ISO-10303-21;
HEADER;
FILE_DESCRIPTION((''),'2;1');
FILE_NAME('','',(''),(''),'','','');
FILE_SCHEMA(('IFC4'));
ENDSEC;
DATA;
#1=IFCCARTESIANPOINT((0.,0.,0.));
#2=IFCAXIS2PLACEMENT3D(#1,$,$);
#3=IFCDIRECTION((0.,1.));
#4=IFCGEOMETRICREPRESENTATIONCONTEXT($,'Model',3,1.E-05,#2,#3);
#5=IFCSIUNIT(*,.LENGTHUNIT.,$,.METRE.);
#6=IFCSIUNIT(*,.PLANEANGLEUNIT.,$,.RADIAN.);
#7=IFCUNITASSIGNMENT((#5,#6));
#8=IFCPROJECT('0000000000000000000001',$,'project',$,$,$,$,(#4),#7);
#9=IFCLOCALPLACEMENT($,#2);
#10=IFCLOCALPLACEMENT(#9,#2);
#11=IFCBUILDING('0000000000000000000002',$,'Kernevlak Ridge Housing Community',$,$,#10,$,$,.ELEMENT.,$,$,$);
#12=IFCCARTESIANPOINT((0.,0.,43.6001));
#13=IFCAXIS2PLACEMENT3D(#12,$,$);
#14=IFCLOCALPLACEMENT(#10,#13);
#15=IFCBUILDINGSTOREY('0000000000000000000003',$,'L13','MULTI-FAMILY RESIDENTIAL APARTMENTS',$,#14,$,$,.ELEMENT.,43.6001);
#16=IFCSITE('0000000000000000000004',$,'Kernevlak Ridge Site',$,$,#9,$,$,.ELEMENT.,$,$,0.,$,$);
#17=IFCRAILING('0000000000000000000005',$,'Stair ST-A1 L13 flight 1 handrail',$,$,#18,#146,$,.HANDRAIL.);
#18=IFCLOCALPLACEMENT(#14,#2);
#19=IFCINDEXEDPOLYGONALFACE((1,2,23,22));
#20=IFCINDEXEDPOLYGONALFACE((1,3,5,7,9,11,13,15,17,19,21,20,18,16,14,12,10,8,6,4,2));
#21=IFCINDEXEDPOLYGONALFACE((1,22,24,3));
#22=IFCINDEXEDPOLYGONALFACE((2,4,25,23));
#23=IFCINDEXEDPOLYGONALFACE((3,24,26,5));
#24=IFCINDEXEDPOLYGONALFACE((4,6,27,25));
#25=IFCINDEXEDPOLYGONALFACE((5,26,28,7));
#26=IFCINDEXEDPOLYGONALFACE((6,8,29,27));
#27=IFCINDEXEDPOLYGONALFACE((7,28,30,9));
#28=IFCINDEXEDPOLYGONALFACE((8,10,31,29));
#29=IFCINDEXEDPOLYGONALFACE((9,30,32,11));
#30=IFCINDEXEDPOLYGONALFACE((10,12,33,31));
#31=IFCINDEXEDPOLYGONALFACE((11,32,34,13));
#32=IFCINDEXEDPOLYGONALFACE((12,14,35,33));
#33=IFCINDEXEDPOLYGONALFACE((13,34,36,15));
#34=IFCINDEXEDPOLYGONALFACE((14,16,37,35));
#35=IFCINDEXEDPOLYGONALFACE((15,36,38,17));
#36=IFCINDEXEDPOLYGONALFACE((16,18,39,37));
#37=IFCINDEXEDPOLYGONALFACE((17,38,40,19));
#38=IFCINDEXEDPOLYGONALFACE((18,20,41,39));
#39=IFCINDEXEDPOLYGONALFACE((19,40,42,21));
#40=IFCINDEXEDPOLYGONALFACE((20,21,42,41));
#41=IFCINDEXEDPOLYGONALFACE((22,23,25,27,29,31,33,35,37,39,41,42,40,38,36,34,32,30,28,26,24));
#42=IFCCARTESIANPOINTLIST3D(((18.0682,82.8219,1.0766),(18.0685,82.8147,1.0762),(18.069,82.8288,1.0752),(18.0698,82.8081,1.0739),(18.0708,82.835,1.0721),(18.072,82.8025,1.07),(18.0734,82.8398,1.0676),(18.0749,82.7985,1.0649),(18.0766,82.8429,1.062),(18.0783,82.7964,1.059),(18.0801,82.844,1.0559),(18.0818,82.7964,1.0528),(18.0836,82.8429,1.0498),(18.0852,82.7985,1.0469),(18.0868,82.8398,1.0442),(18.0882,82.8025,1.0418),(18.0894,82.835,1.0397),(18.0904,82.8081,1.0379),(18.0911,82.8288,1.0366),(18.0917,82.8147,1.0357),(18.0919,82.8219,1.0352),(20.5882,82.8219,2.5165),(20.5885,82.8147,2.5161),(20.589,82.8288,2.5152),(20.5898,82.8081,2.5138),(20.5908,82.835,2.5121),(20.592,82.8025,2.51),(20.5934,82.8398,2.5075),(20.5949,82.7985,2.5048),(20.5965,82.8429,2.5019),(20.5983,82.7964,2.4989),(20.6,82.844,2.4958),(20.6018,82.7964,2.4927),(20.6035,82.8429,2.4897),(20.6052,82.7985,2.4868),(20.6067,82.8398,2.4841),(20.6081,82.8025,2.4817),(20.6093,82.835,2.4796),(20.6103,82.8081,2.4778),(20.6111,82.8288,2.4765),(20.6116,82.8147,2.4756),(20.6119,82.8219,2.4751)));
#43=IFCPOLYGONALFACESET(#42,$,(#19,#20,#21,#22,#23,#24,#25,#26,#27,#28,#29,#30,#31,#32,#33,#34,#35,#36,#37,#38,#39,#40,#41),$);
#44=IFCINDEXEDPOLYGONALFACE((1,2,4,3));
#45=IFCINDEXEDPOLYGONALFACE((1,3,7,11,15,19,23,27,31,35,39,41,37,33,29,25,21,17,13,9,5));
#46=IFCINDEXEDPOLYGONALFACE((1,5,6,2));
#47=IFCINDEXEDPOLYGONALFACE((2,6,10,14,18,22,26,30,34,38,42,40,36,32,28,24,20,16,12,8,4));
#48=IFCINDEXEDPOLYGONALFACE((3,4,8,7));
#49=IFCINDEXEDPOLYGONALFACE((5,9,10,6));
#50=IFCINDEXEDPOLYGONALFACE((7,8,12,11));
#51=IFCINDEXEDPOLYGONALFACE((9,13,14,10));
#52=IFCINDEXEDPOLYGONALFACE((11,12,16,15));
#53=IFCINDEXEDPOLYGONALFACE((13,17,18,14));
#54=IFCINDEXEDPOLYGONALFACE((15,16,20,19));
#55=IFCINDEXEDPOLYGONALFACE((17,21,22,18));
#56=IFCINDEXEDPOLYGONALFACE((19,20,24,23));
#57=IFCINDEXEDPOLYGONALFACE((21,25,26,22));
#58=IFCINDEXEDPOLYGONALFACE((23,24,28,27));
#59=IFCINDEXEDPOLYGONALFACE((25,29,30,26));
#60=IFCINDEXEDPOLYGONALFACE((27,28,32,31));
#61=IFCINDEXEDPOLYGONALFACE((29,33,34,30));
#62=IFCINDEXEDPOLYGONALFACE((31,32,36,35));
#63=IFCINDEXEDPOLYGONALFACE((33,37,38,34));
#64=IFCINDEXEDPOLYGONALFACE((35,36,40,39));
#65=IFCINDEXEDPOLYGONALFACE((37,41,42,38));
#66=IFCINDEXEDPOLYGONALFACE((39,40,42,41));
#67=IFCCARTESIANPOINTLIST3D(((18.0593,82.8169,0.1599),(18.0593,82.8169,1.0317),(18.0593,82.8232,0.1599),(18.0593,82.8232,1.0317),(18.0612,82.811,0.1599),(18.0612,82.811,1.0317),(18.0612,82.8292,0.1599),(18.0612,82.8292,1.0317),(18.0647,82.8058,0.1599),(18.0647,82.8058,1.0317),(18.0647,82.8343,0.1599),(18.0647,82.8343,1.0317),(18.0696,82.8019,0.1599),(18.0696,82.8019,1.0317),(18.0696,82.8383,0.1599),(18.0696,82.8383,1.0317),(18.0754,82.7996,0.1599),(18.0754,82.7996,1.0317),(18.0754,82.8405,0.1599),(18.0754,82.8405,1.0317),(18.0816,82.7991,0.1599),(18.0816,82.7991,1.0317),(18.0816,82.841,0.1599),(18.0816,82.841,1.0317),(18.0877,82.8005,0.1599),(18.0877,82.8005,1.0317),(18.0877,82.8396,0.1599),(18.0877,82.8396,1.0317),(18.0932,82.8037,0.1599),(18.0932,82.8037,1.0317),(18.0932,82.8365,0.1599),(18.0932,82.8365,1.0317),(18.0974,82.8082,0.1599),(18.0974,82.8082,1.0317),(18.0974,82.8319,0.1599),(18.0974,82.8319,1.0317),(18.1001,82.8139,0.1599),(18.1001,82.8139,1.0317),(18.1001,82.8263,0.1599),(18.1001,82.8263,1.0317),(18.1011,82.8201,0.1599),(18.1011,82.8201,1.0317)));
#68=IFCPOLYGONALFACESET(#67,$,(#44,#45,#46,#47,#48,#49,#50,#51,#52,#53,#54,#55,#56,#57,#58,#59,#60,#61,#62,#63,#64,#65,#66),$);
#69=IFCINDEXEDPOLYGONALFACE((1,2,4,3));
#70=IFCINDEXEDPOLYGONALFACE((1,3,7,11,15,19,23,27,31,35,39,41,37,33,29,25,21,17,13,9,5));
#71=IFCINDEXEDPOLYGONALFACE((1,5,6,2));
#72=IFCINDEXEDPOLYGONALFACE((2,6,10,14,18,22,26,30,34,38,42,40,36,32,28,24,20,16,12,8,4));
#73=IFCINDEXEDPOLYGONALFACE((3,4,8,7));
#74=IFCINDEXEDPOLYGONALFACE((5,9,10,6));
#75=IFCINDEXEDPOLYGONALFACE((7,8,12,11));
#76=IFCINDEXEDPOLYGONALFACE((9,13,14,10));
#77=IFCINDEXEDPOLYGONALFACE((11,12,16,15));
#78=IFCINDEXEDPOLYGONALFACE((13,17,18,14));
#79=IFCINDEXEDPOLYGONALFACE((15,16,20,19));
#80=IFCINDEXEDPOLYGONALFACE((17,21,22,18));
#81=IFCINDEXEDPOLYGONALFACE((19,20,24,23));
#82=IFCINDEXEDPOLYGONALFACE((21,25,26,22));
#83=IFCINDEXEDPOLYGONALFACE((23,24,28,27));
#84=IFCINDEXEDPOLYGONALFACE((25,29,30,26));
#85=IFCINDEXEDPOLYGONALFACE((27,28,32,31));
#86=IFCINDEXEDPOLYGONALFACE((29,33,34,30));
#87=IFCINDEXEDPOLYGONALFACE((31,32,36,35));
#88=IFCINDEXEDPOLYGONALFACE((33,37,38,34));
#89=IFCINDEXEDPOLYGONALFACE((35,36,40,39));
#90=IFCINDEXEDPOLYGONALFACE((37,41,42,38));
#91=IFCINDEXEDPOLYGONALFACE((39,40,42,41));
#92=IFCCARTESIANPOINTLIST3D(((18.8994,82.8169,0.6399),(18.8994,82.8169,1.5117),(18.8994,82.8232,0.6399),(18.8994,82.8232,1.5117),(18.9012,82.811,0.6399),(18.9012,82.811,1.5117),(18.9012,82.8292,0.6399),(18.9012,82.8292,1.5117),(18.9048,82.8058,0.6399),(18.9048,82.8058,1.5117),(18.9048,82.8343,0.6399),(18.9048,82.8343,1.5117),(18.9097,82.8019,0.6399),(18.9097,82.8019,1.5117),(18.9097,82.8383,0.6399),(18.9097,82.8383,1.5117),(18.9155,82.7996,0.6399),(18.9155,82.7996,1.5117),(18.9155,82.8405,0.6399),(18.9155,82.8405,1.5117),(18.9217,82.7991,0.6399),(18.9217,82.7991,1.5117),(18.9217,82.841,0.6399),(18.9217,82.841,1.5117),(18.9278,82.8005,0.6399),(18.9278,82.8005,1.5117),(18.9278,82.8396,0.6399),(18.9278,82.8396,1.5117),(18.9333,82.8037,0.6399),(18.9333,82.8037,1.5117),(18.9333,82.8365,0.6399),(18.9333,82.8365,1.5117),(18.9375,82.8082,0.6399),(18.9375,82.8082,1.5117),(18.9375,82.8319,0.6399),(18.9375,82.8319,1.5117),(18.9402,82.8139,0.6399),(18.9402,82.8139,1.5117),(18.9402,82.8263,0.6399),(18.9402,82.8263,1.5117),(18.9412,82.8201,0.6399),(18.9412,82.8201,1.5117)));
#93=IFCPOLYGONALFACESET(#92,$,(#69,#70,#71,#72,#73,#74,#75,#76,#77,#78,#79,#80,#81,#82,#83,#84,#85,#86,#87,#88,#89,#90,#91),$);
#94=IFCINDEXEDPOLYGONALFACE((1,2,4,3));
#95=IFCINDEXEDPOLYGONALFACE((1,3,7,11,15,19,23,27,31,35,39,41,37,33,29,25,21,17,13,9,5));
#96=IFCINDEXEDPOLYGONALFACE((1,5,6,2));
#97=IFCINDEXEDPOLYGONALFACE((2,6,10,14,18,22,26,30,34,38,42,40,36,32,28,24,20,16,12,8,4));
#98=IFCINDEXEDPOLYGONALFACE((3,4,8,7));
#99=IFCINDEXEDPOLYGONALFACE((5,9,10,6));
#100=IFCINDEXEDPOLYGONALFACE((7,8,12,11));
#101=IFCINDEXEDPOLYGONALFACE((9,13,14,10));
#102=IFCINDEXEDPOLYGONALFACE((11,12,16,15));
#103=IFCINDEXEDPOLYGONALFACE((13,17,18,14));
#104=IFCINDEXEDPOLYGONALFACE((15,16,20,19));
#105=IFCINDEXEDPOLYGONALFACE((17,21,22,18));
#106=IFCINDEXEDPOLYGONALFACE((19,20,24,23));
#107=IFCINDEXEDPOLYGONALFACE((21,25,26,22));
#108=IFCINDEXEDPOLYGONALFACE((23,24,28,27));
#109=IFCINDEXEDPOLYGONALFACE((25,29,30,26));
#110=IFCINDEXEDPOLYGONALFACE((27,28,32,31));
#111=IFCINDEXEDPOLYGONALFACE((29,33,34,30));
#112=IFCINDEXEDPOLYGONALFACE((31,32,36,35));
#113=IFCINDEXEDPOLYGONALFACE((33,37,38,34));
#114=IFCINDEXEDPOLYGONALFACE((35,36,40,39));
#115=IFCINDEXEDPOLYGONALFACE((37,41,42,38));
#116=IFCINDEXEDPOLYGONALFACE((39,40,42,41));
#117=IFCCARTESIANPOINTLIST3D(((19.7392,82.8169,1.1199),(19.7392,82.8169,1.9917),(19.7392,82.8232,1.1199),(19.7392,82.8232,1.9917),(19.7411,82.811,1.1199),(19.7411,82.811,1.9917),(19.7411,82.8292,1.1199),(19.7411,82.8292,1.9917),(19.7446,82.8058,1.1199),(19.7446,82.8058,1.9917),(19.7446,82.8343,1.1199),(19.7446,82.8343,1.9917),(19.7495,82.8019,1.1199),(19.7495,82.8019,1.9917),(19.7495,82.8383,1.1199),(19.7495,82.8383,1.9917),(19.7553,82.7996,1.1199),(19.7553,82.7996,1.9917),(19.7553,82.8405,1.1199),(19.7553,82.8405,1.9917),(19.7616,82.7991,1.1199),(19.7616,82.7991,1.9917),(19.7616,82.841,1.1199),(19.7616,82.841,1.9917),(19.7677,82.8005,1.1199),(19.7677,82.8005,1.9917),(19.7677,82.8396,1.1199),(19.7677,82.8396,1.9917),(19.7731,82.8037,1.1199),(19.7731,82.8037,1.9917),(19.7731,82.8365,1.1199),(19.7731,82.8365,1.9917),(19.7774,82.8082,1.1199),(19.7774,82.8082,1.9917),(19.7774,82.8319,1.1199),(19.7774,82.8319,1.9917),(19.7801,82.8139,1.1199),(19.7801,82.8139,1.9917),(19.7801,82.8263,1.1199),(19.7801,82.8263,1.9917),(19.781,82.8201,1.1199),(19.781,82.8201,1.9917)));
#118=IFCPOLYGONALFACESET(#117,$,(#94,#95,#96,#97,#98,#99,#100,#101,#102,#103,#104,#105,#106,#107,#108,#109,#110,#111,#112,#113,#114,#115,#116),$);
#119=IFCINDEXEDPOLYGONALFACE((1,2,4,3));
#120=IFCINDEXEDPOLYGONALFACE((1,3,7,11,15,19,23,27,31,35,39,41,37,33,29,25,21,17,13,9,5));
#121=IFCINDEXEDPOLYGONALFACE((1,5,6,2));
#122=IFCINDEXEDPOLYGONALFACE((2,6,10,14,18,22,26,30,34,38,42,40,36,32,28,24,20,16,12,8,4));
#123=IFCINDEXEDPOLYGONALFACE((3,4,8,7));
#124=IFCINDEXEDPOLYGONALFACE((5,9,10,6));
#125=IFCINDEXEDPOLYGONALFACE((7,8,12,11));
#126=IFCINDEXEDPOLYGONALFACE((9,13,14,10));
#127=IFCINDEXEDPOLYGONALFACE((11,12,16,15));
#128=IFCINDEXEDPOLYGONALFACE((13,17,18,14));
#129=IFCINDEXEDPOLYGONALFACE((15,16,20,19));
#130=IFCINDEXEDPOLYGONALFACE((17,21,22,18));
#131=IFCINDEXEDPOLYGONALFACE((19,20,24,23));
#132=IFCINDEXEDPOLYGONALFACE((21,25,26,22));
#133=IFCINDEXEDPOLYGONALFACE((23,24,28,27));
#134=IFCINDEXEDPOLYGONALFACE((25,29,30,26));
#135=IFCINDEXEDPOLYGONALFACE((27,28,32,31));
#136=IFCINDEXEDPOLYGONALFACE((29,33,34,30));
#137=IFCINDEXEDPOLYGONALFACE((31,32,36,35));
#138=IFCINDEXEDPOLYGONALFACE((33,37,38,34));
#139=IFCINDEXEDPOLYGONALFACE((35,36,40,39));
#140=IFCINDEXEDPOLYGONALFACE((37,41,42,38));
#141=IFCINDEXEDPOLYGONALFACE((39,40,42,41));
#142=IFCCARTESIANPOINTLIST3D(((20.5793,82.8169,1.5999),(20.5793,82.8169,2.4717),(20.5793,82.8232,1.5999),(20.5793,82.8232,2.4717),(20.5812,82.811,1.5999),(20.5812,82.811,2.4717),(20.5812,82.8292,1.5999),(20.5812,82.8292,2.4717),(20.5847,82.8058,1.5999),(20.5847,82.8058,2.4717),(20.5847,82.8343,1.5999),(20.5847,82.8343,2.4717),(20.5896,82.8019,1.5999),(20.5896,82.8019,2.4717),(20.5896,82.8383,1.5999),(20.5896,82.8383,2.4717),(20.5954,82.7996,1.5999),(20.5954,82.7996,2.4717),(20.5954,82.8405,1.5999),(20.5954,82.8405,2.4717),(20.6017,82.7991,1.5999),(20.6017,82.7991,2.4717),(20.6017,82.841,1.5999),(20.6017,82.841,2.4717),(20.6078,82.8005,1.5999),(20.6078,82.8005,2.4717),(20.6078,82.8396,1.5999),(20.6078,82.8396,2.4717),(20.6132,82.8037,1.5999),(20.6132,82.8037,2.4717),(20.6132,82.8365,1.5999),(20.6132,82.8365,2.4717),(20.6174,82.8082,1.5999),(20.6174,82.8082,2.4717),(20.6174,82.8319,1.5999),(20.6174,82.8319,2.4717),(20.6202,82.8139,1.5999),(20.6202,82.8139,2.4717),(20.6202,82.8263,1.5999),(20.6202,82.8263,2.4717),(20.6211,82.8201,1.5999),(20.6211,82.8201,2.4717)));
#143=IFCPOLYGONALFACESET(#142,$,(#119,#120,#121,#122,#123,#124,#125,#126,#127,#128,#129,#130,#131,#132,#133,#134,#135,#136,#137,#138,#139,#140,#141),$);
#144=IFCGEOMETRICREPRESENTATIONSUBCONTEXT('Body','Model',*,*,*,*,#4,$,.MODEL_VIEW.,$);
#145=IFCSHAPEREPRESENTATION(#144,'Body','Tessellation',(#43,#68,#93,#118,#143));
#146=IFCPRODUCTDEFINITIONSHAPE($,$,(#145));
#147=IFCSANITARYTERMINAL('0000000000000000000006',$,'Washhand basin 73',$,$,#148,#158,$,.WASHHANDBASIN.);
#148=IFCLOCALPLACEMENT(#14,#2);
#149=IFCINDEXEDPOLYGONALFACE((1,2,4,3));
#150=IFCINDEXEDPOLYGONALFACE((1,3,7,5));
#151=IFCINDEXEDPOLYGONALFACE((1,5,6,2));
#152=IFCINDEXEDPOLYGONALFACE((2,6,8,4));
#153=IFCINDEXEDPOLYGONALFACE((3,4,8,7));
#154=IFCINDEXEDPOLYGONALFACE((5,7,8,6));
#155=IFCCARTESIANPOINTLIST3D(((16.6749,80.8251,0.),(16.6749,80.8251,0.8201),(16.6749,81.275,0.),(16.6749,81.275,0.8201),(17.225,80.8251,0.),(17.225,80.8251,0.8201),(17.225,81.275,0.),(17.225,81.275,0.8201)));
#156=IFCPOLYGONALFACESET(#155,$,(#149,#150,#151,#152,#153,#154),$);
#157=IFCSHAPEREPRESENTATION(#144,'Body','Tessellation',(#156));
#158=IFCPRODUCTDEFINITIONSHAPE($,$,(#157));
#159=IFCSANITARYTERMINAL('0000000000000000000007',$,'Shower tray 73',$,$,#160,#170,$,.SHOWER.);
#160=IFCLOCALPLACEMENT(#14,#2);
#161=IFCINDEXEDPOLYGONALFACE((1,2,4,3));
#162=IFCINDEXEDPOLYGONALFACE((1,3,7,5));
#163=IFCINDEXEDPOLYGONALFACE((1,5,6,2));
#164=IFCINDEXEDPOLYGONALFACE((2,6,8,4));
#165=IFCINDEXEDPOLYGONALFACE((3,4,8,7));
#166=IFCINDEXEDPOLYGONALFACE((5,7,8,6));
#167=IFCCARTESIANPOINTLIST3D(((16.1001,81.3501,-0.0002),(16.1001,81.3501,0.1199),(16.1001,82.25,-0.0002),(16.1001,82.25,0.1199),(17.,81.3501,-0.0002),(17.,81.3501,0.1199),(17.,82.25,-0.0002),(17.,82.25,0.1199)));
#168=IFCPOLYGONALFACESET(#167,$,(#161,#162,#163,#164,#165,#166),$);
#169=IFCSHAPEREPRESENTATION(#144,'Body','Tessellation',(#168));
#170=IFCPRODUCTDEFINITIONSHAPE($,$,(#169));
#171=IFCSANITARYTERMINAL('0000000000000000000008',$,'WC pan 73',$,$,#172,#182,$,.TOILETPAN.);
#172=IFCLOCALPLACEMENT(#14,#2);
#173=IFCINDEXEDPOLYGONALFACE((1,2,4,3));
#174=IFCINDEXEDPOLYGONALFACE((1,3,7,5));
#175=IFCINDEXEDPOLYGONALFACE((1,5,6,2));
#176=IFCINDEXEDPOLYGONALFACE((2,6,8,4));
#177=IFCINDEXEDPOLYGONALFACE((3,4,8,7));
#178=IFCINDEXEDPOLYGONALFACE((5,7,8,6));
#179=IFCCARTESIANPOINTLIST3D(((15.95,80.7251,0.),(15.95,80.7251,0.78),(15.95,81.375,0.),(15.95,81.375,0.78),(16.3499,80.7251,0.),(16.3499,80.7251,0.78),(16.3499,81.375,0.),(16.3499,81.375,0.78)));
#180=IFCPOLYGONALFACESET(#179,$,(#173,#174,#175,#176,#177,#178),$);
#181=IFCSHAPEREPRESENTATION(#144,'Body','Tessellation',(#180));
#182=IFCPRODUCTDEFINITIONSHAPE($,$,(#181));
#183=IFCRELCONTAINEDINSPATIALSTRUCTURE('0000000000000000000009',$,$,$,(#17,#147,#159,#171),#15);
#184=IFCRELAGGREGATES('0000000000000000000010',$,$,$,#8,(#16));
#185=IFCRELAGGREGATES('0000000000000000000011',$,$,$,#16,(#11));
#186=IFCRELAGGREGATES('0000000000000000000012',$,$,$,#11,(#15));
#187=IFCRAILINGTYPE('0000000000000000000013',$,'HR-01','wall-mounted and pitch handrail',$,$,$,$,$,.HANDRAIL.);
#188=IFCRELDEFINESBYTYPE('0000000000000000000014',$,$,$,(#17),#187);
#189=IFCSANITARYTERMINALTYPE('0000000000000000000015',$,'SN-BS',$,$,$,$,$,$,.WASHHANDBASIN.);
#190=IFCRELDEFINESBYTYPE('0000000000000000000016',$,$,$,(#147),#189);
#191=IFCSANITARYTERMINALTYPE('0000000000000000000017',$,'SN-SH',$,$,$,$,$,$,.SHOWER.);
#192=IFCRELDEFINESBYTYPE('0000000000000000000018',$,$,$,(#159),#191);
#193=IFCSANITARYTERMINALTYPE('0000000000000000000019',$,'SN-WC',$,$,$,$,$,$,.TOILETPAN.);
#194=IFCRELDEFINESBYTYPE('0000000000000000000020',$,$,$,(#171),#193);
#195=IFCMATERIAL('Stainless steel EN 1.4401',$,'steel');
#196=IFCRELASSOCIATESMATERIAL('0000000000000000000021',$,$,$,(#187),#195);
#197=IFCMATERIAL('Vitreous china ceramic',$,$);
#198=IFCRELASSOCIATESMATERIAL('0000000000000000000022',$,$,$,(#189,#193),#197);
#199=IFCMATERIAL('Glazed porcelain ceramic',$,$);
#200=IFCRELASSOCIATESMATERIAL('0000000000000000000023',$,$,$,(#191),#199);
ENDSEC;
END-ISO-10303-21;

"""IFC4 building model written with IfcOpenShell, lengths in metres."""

from ifc_helpers import new_model, si_unit, direction, frame, origin, origin_2d, place, context, subcontext, project, spatial, rectangle, circle, extrude, material, type_object, element, save


model = new_model("IFC4")

# Units and contexts
model_context = context("Model", 3, precision=1e-05, world=origin(), true_north=direction((0.0, 1.0)))
body_context = subcontext(model_context, "Body", "Model", "MODEL_VIEW")
ifc_project = project(units=[si_unit("LENGTHUNIT", "METRE"), si_unit("PLANEANGLEUNIT", "RADIAN")], contexts=[model_context])

# Site, building, storey
site_placement = place(None, origin())
site = spatial("IfcSite", under=ifc_project, at=site_placement, Name="Kernevlak Ridge Site", CompositionType="ELEMENT", RefElevation=0.0)
building_placement = place(site_placement, origin())
building = spatial("IfcBuilding", under=site, at=building_placement, Name="Kernevlak Ridge Housing Community", CompositionType="ELEMENT")
storey_placement = place(building_placement, frame((0.0, 0.0, 43.6001)))
storey = spatial("IfcBuildingStorey", under=building, at=storey_placement, Name="L13", Description="MULTI-FAMILY RESIDENTIAL APARTMENTS", CompositionType="ELEMENT", Elevation=43.6001)

# Shared definitions
ifc_material_1 = material(Name="Stainless steel EN 1.4401", Category="steel")

# Railing
railing_type_1 = type_object("IfcRailingType", Name="HR-01", Description="wall-mounted and pitch handrail", PredefinedType="HANDRAIL", material=ifc_material_1)
railing_1_placement = place(storey_placement, frame((18.0801, 82.8201, 0.1599)))
element("IfcRailing", 1, at=railing_1_placement, inside=storey, type_object=railing_type_1, Name="Stair ST-A1 L13 flight 1 handrail", PredefinedType="HANDRAIL", context=body_context, shape_type="SweptSolid", body=[
    extrude(circle(Radius=0.0239, at=origin_2d()), frame((0.0, 0.0, 0.896), z_axis=(0.868253, 0.0, 0.496121), x_axis=(0.0, 1.0, 0.0)), (0.0, 0.0, 1.0), 2.9023),
    extrude(circle(Radius=0.021, at=origin_2d()), origin(), (0.0, 0.0, 1.0), 0.8718),
    extrude(circle(Radius=0.021, at=origin_2d()), frame((0.8401, 0.0, 0.48)), (0.0, 0.0, 1.0), 0.8718),
    extrude(circle(Radius=0.021, at=origin_2d()), frame((1.6799, 0.0, 0.96)), (0.0, 0.0, 1.0), 0.8718),
    extrude(circle(Radius=0.021, at=origin_2d()), frame((2.52, 0.0, 1.4399)), (0.0, 0.0, 1.0), 0.8718),
])

# Sanitary terminals
ifc_material_2 = material(Name="Vitreous china ceramic")
sanitary_terminal_type_1 = type_object("IfcSanitaryTerminalType", Name="SN-BS", PredefinedType="WASHHANDBASIN", material=ifc_material_2)
sanitary_terminal_1_placement = place(storey_placement, frame((16.95, 81.05, 0.0), z_axis=(0.0, 0.0, 1.0), x_axis=(1.0, 0.0, 0.0)))
element("IfcSanitaryTerminal", 2, at=sanitary_terminal_1_placement, inside=storey, type_object=sanitary_terminal_type_1, Name="Washhand basin 73", PredefinedType="WASHHANDBASIN", context=body_context, shape_type="SweptSolid", body=[
    extrude(rectangle(XDim=0.55, YDim=0.45, at=origin_2d()), origin(), (0.0, 0.0, 1.0), 0.8201),
])
ifc_material_3 = material(Name="Glazed porcelain ceramic")
sanitary_terminal_type_2 = type_object("IfcSanitaryTerminalType", Name="SN-SH", PredefinedType="SHOWER", material=ifc_material_3)
sanitary_terminal_2_placement = place(storey_placement, frame((16.55, 81.8, -0.0002), z_axis=(0.0, 0.0, 1.0), x_axis=(1.0, 0.0, 0.0)))
element("IfcSanitaryTerminal", 3, at=sanitary_terminal_2_placement, inside=storey, type_object=sanitary_terminal_type_2, Name="Shower tray 73", PredefinedType="SHOWER", context=body_context, shape_type="SweptSolid", body=[
    extrude(rectangle(XDim=0.8999, YDim=0.8999, at=origin_2d()), origin(), (0.0, 0.0, 1.0), 0.1201),
])
sanitary_terminal_type_3 = type_object("IfcSanitaryTerminalType", Name="SN-WC", PredefinedType="TOILETPAN", material=ifc_material_2)
sanitary_terminal_3_placement = place(storey_placement, frame((16.1499, 81.05, 0.0), z_axis=(0.0, 0.0, 1.0), x_axis=(1.0, 0.0, 0.0)))
element("IfcSanitaryTerminal", 4, at=sanitary_terminal_3_placement, inside=storey, type_object=sanitary_terminal_type_3, Name="WC pan 73", PredefinedType="TOILETPAN", context=body_context, shape_type="SweptSolid", body=[
    extrude(rectangle(XDim=0.3999, YDim=0.6499, at=origin_2d()), origin(), (0.0, 0.0, 1.0), 0.78),
])

save(model, "model.ifc")
